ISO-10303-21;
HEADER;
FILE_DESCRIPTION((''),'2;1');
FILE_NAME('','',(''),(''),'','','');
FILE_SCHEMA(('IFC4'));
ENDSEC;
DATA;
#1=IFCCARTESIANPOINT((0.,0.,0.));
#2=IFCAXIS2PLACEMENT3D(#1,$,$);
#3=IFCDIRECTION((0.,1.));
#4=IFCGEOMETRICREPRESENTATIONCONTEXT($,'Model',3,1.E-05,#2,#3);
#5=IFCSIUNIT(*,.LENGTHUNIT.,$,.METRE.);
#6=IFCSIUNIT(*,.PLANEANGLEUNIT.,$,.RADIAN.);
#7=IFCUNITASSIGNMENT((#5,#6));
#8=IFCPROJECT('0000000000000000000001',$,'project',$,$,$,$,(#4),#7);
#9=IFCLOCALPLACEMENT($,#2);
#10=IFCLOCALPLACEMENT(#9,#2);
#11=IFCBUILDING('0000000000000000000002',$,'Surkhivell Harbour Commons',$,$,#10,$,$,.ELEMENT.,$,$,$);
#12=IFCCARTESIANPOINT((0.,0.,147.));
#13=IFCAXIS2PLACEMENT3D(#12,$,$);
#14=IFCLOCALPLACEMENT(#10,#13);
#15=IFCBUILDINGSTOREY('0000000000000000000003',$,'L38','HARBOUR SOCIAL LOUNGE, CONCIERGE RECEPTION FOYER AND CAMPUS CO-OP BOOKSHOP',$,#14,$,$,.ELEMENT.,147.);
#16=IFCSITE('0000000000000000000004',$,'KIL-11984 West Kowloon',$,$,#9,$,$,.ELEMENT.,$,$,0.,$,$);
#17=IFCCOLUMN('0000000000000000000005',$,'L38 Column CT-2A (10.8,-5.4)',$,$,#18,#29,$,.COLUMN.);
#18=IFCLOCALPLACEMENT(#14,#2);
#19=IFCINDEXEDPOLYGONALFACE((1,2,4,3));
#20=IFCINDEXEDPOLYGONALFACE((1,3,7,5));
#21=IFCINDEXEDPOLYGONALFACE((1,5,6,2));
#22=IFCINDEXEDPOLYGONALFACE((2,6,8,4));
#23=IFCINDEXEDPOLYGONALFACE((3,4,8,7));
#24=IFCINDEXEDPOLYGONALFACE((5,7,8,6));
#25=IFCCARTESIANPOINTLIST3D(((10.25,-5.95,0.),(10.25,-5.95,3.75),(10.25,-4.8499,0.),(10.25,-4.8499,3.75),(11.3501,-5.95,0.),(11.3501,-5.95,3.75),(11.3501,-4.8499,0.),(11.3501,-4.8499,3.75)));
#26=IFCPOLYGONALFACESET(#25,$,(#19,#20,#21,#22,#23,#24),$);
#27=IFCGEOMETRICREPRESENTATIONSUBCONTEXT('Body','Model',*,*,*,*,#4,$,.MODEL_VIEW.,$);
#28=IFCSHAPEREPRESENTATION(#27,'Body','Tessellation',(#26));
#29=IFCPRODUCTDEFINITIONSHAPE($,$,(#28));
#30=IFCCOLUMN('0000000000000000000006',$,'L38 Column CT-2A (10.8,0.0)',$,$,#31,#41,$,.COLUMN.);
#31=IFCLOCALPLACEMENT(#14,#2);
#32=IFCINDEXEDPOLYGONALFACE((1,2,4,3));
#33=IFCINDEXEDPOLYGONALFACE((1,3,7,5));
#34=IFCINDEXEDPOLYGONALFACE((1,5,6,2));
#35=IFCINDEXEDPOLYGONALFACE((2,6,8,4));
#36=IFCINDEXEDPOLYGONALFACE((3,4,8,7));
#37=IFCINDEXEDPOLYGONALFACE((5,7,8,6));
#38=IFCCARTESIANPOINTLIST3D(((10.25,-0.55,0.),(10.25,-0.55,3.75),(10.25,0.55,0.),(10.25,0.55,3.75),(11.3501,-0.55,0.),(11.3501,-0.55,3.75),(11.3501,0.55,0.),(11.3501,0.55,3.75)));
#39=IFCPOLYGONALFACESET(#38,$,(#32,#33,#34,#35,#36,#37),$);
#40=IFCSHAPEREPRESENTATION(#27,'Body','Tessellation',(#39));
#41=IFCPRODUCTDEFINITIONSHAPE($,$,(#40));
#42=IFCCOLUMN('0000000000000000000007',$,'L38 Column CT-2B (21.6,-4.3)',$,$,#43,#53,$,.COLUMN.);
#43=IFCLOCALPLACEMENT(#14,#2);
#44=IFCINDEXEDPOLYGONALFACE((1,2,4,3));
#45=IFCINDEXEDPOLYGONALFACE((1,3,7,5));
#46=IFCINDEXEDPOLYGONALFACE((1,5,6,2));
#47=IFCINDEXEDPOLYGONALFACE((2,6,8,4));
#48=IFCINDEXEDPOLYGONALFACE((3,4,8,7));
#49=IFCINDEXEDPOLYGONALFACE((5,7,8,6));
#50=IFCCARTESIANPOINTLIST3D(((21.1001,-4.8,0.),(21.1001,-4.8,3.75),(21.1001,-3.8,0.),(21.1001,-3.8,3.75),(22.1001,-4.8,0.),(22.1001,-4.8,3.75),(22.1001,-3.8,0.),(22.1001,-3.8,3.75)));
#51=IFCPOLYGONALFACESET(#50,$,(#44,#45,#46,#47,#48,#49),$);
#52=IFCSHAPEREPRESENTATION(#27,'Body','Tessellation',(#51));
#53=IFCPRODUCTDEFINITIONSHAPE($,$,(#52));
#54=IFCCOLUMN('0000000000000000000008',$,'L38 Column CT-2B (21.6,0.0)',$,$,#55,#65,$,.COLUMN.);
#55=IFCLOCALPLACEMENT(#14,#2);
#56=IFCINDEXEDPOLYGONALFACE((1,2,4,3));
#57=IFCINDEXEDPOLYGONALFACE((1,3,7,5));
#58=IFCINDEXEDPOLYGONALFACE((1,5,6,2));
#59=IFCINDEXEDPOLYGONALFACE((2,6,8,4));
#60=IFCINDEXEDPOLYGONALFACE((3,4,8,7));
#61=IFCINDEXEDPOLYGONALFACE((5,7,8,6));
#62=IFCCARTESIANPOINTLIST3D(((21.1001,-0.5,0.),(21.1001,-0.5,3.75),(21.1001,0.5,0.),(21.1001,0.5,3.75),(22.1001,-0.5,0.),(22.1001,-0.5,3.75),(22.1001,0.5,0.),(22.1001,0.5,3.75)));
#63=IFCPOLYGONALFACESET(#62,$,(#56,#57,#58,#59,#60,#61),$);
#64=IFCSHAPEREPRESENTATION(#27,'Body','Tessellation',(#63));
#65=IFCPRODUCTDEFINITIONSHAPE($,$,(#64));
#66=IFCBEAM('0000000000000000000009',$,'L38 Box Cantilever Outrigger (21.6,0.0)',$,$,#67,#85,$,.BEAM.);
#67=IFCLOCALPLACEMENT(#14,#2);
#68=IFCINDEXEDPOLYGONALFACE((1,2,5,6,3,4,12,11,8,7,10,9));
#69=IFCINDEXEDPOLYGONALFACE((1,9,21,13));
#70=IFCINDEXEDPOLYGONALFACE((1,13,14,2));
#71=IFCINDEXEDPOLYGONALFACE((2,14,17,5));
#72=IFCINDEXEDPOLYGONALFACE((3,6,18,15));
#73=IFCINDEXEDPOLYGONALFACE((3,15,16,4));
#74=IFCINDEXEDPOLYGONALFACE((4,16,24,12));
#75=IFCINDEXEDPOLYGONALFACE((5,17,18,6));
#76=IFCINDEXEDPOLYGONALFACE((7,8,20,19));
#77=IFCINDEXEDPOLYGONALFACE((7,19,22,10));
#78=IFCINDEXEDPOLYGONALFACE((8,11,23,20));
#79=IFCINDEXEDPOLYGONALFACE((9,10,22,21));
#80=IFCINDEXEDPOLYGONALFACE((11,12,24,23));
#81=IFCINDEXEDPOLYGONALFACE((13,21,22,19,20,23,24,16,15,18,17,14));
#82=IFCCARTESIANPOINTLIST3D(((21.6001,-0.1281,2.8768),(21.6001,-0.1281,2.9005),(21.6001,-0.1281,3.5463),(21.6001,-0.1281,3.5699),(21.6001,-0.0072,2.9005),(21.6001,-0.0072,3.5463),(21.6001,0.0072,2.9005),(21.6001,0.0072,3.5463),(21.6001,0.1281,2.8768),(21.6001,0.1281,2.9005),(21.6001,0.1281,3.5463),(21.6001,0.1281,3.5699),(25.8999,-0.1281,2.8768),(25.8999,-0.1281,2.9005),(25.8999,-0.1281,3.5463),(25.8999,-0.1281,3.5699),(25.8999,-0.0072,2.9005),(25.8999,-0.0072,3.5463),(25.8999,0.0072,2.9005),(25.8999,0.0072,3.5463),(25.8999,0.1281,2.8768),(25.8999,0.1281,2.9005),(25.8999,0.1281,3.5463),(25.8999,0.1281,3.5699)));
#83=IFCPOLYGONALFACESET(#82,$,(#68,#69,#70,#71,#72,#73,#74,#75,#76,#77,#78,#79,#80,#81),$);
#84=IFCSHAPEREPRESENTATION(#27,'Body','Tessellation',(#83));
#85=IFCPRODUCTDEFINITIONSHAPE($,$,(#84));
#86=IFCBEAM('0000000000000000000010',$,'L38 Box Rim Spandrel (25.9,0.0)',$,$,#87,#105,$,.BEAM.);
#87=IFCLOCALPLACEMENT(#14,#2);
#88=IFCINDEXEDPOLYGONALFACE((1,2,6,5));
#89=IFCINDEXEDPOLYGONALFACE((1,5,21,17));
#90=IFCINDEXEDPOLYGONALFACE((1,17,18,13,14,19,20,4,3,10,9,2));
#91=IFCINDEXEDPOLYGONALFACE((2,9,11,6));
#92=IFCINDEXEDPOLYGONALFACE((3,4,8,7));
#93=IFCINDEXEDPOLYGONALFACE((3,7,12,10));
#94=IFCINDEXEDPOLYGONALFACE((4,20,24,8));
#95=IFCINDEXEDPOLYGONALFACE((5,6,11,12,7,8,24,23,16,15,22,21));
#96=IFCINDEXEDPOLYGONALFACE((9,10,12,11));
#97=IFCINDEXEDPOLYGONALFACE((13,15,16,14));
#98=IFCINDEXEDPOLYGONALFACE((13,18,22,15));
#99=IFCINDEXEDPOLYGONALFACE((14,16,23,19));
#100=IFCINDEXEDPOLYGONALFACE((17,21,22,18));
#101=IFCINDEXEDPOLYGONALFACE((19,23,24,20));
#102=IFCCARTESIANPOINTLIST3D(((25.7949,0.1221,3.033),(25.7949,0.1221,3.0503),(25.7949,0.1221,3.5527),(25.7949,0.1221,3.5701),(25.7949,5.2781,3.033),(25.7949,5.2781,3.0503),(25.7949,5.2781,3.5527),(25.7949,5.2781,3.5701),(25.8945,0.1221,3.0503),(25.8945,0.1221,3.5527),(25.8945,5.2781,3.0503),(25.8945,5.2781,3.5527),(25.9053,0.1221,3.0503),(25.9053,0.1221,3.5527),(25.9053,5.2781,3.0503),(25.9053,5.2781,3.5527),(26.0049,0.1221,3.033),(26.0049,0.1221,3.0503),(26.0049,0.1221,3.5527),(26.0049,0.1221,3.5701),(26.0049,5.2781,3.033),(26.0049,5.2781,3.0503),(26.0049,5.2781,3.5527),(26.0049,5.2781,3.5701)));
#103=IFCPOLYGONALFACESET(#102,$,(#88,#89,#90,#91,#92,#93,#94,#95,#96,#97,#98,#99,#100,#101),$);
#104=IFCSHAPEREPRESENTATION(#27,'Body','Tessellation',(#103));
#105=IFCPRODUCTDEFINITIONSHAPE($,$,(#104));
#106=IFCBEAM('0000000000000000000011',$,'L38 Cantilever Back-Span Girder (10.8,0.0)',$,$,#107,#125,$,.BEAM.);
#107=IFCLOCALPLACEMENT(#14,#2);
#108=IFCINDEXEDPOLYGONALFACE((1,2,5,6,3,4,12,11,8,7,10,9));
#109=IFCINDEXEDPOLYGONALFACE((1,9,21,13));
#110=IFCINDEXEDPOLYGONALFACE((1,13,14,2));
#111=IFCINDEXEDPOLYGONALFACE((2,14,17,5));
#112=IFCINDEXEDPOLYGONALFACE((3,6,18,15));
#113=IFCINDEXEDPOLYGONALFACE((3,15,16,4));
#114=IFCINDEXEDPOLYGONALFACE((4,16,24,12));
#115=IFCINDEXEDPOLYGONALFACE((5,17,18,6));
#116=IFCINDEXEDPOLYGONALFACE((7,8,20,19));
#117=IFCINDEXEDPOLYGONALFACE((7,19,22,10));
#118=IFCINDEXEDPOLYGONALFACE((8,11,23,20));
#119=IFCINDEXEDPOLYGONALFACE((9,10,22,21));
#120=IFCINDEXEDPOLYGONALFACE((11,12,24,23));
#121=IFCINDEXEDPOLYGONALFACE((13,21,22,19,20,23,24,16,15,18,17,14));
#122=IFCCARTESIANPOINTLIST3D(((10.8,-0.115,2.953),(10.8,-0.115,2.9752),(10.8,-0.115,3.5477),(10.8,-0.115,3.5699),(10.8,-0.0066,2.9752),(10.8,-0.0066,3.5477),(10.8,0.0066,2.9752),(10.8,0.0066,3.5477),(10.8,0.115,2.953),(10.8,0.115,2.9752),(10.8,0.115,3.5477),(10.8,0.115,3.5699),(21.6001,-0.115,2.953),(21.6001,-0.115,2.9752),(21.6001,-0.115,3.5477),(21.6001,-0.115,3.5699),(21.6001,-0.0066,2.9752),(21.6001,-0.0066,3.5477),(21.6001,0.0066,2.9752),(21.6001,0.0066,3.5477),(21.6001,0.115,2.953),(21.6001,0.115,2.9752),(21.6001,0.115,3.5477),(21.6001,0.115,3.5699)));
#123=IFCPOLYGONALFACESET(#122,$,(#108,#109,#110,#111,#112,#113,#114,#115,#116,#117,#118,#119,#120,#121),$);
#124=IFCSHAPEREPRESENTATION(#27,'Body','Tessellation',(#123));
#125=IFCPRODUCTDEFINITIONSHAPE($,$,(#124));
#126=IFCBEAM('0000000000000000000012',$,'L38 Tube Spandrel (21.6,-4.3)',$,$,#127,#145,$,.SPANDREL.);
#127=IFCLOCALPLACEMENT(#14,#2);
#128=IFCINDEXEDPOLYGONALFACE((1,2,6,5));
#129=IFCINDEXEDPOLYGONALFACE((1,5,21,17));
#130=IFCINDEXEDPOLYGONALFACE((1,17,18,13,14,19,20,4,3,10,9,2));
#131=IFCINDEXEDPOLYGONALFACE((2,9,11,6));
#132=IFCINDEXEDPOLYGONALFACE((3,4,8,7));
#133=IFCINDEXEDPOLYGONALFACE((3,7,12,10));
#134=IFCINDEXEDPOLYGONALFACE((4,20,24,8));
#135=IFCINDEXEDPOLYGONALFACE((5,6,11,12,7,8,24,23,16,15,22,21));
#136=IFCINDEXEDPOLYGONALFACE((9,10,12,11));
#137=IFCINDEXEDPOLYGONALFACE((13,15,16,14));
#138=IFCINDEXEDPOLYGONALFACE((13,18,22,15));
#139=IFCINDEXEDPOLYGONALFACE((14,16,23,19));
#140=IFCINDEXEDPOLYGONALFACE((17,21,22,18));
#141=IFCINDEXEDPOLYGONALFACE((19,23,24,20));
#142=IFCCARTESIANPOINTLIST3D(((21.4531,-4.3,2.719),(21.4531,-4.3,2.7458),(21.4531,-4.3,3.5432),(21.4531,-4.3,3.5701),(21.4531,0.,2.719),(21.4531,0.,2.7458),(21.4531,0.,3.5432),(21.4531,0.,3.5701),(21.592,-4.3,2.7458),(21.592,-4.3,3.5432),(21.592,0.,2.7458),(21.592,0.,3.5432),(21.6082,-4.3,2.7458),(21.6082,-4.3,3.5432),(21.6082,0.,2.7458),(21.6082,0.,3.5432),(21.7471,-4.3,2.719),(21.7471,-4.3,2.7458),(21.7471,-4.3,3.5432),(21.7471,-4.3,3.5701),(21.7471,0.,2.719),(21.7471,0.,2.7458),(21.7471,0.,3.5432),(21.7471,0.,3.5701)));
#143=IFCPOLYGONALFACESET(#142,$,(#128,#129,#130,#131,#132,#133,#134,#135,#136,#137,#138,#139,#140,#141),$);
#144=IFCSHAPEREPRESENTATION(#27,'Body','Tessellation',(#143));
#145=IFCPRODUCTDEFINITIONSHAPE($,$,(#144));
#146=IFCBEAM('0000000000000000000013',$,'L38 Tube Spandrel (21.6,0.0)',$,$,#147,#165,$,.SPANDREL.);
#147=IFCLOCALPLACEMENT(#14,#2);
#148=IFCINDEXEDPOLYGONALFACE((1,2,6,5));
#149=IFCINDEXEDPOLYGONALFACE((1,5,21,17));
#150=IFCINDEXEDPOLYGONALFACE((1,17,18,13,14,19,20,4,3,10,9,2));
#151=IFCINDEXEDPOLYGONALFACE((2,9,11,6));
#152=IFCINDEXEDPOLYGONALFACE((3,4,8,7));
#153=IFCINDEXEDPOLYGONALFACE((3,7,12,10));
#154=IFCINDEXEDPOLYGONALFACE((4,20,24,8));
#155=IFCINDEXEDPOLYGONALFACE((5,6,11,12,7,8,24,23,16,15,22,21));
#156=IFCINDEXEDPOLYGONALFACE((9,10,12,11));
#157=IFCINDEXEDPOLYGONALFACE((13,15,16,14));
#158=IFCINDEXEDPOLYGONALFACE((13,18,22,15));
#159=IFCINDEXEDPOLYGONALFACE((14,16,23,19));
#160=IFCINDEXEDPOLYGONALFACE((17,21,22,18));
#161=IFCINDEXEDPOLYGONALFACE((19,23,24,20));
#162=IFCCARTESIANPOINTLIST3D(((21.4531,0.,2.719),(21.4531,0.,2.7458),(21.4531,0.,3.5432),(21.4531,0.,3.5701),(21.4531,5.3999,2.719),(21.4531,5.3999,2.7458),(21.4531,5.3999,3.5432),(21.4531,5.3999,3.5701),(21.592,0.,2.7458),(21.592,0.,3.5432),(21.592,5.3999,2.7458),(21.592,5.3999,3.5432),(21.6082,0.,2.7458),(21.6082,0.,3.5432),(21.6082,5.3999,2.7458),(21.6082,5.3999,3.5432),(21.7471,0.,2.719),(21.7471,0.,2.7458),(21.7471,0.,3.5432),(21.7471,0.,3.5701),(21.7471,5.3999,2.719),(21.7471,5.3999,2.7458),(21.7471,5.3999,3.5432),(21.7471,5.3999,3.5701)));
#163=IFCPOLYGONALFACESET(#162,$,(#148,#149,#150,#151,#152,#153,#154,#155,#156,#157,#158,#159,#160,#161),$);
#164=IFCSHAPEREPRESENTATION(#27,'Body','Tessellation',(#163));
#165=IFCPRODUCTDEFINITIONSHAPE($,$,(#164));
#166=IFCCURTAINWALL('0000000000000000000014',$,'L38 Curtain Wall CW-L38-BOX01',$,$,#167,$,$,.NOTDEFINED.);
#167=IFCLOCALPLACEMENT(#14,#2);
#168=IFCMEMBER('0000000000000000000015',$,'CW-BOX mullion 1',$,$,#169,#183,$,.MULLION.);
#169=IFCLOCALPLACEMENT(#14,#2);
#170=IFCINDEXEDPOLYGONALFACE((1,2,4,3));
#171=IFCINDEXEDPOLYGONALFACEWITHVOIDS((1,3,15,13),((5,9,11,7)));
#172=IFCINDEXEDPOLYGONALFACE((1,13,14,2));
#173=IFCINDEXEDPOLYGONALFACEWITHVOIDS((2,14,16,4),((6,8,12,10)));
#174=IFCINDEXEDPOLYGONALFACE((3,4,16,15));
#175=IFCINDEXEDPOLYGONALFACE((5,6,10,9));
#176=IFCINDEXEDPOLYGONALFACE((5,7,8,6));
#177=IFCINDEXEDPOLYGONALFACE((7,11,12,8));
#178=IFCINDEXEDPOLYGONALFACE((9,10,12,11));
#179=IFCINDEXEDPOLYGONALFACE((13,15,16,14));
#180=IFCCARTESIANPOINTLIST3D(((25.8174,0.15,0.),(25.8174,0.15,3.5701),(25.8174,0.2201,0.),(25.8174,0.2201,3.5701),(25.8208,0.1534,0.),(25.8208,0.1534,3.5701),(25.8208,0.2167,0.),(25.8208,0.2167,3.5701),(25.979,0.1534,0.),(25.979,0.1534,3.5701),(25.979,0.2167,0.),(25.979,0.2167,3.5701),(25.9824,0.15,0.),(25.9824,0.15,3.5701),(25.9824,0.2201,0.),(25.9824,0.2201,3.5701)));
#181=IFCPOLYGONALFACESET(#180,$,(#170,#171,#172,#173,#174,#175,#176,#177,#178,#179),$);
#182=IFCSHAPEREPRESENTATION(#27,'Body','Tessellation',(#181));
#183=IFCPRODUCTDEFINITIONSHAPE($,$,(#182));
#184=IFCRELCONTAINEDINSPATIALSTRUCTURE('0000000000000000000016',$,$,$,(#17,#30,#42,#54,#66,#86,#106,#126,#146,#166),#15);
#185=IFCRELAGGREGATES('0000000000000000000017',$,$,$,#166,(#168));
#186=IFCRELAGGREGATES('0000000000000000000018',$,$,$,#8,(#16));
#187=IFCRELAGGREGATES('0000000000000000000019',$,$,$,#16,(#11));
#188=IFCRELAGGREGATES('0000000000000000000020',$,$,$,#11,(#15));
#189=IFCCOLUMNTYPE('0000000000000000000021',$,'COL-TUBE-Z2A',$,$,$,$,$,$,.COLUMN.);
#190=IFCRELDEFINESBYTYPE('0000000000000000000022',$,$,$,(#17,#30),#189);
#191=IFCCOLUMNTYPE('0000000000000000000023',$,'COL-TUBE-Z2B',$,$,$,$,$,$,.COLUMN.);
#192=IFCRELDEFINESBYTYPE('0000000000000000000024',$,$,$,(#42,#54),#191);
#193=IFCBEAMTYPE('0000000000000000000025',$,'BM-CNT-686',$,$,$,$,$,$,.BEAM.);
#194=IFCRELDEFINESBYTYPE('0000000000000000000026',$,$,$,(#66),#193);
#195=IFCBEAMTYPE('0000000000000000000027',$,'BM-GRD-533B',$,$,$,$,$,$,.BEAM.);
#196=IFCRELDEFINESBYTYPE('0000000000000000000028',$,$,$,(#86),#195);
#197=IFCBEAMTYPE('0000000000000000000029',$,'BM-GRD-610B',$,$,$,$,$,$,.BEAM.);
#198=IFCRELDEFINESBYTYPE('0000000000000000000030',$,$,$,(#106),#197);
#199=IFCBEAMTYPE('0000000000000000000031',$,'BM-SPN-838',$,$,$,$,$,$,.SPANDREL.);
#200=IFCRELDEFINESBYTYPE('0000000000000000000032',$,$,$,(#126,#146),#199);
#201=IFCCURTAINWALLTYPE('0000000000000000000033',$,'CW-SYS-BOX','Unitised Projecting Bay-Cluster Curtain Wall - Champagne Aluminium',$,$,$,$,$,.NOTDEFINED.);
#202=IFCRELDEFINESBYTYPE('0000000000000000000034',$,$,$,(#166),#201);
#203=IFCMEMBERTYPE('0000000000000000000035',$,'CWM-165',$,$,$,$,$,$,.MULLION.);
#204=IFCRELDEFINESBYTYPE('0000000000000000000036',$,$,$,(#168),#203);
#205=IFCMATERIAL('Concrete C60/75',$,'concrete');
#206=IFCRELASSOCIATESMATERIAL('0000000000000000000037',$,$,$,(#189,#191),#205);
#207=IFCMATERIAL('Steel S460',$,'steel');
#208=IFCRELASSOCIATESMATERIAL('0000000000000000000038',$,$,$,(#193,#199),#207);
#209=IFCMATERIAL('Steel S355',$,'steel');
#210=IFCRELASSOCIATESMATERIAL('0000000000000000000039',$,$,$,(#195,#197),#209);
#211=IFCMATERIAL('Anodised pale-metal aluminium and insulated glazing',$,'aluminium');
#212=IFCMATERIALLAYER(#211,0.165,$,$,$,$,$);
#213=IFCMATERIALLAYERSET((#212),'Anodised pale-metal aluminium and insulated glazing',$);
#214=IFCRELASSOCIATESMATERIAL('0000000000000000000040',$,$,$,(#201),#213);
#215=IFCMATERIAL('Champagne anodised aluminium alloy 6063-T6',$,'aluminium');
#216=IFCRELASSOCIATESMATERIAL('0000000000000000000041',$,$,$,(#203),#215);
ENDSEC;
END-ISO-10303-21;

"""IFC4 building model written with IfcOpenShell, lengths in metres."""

from ifc_helpers import new_model, si_unit, direction, frame, origin, origin_2d, place, context, subcontext, project, spatial, rectangle, hollow_rectangle, i_section, extrude, material, layer, layer_set, material_profile, profile_set, type_object, element, aggregate, save


model = new_model("IFC4")

# Units and contexts
model_context = context("Model", 3, precision=1e-05, world=origin(), true_north=direction((0.0, 1.0)))
body_context = subcontext(model_context, "Body", "Model", "MODEL_VIEW")
ifc_project = project(units=[si_unit("LENGTHUNIT", "METRE"), si_unit("PLANEANGLEUNIT", "RADIAN")], contexts=[model_context])

# Site, building, storey
site_placement = place(None, origin())
site = spatial("IfcSite", under=ifc_project, at=site_placement, Name="KIL-11984 West Kowloon", CompositionType="ELEMENT", RefElevation=0.0)
building_placement = place(site_placement, origin())
building = spatial("IfcBuilding", under=site, at=building_placement, Name="Surkhivell Harbour Commons", CompositionType="ELEMENT")
storey_placement = place(building_placement, frame((0.0, 0.0, 147.0)))
storey = spatial("IfcBuildingStorey", under=building, at=storey_placement, Name="L38", Description="HARBOUR SOCIAL LOUNGE, CONCIERGE RECEPTION FOYER AND CAMPUS CO-OP BOOKSHOP", CompositionType="ELEMENT", Elevation=147.0)

# Columns
ifc_material_1 = material(Name="Concrete C60/75", Category="concrete")
ifc_material_profile_1 = material_profile(ifc_material_1, rectangle(XDim=1.1001, YDim=1.1001, at=origin_2d()), Name="RC-COL-1100x1100")
ifc_profile_set_1 = profile_set([ifc_material_profile_1], Name="Concrete C60/75")
column_type_1 = type_object("IfcColumnType", Name="COL-TUBE-Z2A", PredefinedType="COLUMN", material=ifc_profile_set_1)
for number, where, z_axis, x_axis, name in (
    (1, (10.8, -5.3999, 0.0), (0.0, 0.0, 1.0), (1.0, 0.0, 0.0), "L38 Column CT-2A (10.8,-5.4)"),
    (2, (10.8, 0.0, 0.0), (0.0, 0.0, 1.0), (1.0, 0.0, 0.0), "L38 Column CT-2A (10.8,0.0)"),
):
    element("IfcColumn", number, at=place(storey_placement, frame(where, z_axis=z_axis, x_axis=x_axis)), inside=storey, type_object=column_type_1, Name=name, PredefinedType="COLUMN", context=body_context, shape_type="SweptSolid", body=[
        extrude(rectangle(XDim=1.1001, YDim=1.1001, at=origin_2d()), origin(), (0.0, 0.0, 1.0), 3.75),
    ])
ifc_material_profile_2 = material_profile(ifc_material_1, rectangle(XDim=1.0, YDim=1.0, at=origin_2d()), Name="RC-COL-1000x1000")
ifc_profile_set_2 = profile_set([ifc_material_profile_2], Name="Concrete C60/75")
column_type_2 = type_object("IfcColumnType", Name="COL-TUBE-Z2B", PredefinedType="COLUMN", material=ifc_profile_set_2)
for number, where, z_axis, x_axis, name in (
    (3, (21.6001, -4.3, 0.0), (0.0, 0.0, 1.0), (1.0, 0.0, 0.0), "L38 Column CT-2B (21.6,-4.3)"),
    (4, (21.6001, 0.0, 0.0), (0.0, 0.0, 1.0), (1.0, 0.0, 0.0), "L38 Column CT-2B (21.6,0.0)"),
):
    element("IfcColumn", number, at=place(storey_placement, frame(where, z_axis=z_axis, x_axis=x_axis)), inside=storey, type_object=column_type_2, Name=name, PredefinedType="COLUMN", context=body_context, shape_type="SweptSolid", body=[
        extrude(rectangle(XDim=1.0, YDim=1.0, at=origin_2d()), origin(), (0.0, 0.0, 1.0), 3.75),
    ])

# Beams
ifc_material_2 = material(Name="Steel S460", Category="steel")
ifc_material_profile_3 = material_profile(ifc_material_2, i_section(OverallWidth=0.2561, OverallDepth=0.6931, WebThickness=0.0144, FlangeThickness=0.0237, at=origin_2d()), Name="UB686x254x170")
ifc_profile_set_3 = profile_set([ifc_material_profile_3], Name="Steel S460")
beam_type_1 = type_object("IfcBeamType", Name="BM-CNT-686", PredefinedType="BEAM", material=ifc_profile_set_3)
beam_1_placement = place(storey_placement, frame((21.6001, 0.0, 3.2234), z_axis=(1.0, 0.0, 0.0), x_axis=(0.0, 1.0, 0.0)))
element("IfcBeam", 5, at=beam_1_placement, inside=storey, type_object=beam_type_1, Name="L38 Box Cantilever Outrigger (21.6,0.0)", PredefinedType="BEAM", context=body_context, shape_type="SweptSolid", body=[
    extrude(i_section(OverallWidth=0.2561, OverallDepth=0.6931, WebThickness=0.0144, FlangeThickness=0.0237, at=origin_2d()), origin(), (0.0, 0.0, 1.0), 4.2998),
])
ifc_material_3 = material(Name="Steel S355", Category="steel")
ifc_material_profile_4 = material_profile(ifc_material_3, i_section(OverallWidth=0.21, OverallDepth=0.5371, WebThickness=0.0107, FlangeThickness=0.0173, at=origin_2d()), Name="UB533x210x101")
ifc_profile_set_4 = profile_set([ifc_material_profile_4], Name="Steel S355")
beam_type_2 = type_object("IfcBeamType", Name="BM-GRD-533B", PredefinedType="BEAM", material=ifc_profile_set_4)
beam_2_placement = place(storey_placement, frame((25.8999, 0.1221, 3.3015), z_axis=(0.0, 1.0, 0.0), x_axis=(-1.0, 0.0, 0.0)))
element("IfcBeam", 6, at=beam_2_placement, inside=storey, type_object=beam_type_2, Name="L38 Box Rim Spandrel (25.9,0.0)", PredefinedType="BEAM", context=body_context, shape_type="SweptSolid", body=[
    extrude(i_section(OverallWidth=0.21, OverallDepth=0.5371, WebThickness=0.0107, FlangeThickness=0.0173, at=origin_2d()), origin(), (0.0, 0.0, 1.0), 5.156),
])
ifc_material_profile_5 = material_profile(ifc_material_3, i_section(OverallWidth=0.23, OverallDepth=0.6169, WebThickness=0.0132, FlangeThickness=0.0222, at=origin_2d()), Name="UB610x229x140")
ifc_profile_set_5 = profile_set([ifc_material_profile_5], Name="Steel S355")
beam_type_3 = type_object("IfcBeamType", Name="BM-GRD-610B", PredefinedType="BEAM", material=ifc_profile_set_5)
beam_3_placement = place(storey_placement, frame((10.8, 0.0, 3.2615), z_axis=(1.0, 0.0, 0.0), x_axis=(0.0, 1.0, 0.0)))
element("IfcBeam", 7, at=beam_3_placement, inside=storey, type_object=beam_type_3, Name="L38 Cantilever Back-Span Girder (10.8,0.0)", PredefinedType="BEAM", context=body_context, shape_type="SweptSolid", body=[
    extrude(i_section(OverallWidth=0.23, OverallDepth=0.6169, WebThickness=0.0132, FlangeThickness=0.0222, at=origin_2d()), origin(), (0.0, 0.0, 1.0), 10.8),
])
ifc_material_profile_6 = material_profile(ifc_material_2, i_section(OverallWidth=0.2939, OverallDepth=0.8511, WebThickness=0.0161, FlangeThickness=0.0269, at=origin_2d()), Name="UB838x292x226")
ifc_profile_set_6 = profile_set([ifc_material_profile_6], Name="Steel S460")
beam_type_4 = type_object("IfcBeamType", Name="BM-SPN-838", PredefinedType="SPANDREL", material=ifc_profile_set_6)
beam_4_placement = place(storey_placement, frame((21.6001, -4.3, 3.1445), z_axis=(0.0, 1.0, 0.0), x_axis=(-1.0, 0.0, 0.0)))
element("IfcBeam", 8, at=beam_4_placement, inside=storey, type_object=beam_type_4, Name="L38 Tube Spandrel (21.6,-4.3)", PredefinedType="SPANDREL", context=body_context, shape_type="SweptSolid", body=[
    extrude(i_section(OverallWidth=0.2939, OverallDepth=0.8511, WebThickness=0.0161, FlangeThickness=0.0269, at=origin_2d()), origin(), (0.0, 0.0, 1.0), 4.3),
])
beam_5_placement = place(storey_placement, frame((21.6001, 0.0, 3.1445), z_axis=(0.0, 1.0, 0.0), x_axis=(-1.0, 0.0, 0.0)))
element("IfcBeam", 9, at=beam_5_placement, inside=storey, type_object=beam_type_4, Name="L38 Tube Spandrel (21.6,0.0)", PredefinedType="SPANDREL", context=body_context, shape_type="SweptSolid", body=[
    extrude(i_section(OverallWidth=0.2939, OverallDepth=0.8511, WebThickness=0.0161, FlangeThickness=0.0269, at=origin_2d()), origin(), (0.0, 0.0, 1.0), 5.3999),
])

# Curtain wall, member
ifc_material_4 = material(Name="Anodised pale-metal aluminium and insulated glazing", Category="aluminium")
ifc_layer_1 = layer(ifc_material_4, 0.165)
ifc_layer_set_1 = layer_set([ifc_layer_1], Name="Anodised pale-metal aluminium and insulated glazing")
curtain_wall_type_1 = type_object("IfcCurtainWallType", Name="CW-SYS-BOX", Description="Unitised Projecting Bay-Cluster Curtain Wall - Champagne Aluminium", PredefinedType="NOTDEFINED", material=ifc_layer_set_1)
curtain_wall_1_placement = place(storey_placement, origin())
curtain_wall_1 = element("IfcCurtainWall", 10, at=curtain_wall_1_placement, inside=storey, type_object=curtain_wall_type_1, Name="L38 Curtain Wall CW-L38-BOX01", PredefinedType="NOTDEFINED")
ifc_material_5 = material(Name="Champagne anodised aluminium alloy 6063-T6", Category="aluminium")
ifc_material_profile_7 = material_profile(ifc_material_5, hollow_rectangle(XDim=0.0701, YDim=0.165, WallThickness=0.0034, at=origin_2d()), Name="ALU-MULL-70x165")
ifc_profile_set_7 = profile_set([ifc_material_profile_7], Name="Champagne anodised aluminium alloy 6063-T6")
member_type_1 = type_object("IfcMemberType", Name="CWM-165", PredefinedType="MULLION", material=ifc_profile_set_7)
member_1_placement = place(storey_placement, frame((25.8999, 0.1851, 0.0), z_axis=(0.0, 0.0, 1.0), x_axis=(0.0, 1.0, 0.0)))
member_1 = element("IfcMember", 11, at=member_1_placement, type_object=member_type_1, Name="CW-BOX mullion 1", PredefinedType="MULLION", context=body_context, shape_type="SweptSolid", body=[
    extrude(hollow_rectangle(XDim=0.0701, YDim=0.165, WallThickness=0.0034, at=origin_2d()), origin(), (0.0, 0.0, 1.0), 3.5701),
])

aggregate(curtain_wall_1, [member_1])

save(model, "model.ifc")
